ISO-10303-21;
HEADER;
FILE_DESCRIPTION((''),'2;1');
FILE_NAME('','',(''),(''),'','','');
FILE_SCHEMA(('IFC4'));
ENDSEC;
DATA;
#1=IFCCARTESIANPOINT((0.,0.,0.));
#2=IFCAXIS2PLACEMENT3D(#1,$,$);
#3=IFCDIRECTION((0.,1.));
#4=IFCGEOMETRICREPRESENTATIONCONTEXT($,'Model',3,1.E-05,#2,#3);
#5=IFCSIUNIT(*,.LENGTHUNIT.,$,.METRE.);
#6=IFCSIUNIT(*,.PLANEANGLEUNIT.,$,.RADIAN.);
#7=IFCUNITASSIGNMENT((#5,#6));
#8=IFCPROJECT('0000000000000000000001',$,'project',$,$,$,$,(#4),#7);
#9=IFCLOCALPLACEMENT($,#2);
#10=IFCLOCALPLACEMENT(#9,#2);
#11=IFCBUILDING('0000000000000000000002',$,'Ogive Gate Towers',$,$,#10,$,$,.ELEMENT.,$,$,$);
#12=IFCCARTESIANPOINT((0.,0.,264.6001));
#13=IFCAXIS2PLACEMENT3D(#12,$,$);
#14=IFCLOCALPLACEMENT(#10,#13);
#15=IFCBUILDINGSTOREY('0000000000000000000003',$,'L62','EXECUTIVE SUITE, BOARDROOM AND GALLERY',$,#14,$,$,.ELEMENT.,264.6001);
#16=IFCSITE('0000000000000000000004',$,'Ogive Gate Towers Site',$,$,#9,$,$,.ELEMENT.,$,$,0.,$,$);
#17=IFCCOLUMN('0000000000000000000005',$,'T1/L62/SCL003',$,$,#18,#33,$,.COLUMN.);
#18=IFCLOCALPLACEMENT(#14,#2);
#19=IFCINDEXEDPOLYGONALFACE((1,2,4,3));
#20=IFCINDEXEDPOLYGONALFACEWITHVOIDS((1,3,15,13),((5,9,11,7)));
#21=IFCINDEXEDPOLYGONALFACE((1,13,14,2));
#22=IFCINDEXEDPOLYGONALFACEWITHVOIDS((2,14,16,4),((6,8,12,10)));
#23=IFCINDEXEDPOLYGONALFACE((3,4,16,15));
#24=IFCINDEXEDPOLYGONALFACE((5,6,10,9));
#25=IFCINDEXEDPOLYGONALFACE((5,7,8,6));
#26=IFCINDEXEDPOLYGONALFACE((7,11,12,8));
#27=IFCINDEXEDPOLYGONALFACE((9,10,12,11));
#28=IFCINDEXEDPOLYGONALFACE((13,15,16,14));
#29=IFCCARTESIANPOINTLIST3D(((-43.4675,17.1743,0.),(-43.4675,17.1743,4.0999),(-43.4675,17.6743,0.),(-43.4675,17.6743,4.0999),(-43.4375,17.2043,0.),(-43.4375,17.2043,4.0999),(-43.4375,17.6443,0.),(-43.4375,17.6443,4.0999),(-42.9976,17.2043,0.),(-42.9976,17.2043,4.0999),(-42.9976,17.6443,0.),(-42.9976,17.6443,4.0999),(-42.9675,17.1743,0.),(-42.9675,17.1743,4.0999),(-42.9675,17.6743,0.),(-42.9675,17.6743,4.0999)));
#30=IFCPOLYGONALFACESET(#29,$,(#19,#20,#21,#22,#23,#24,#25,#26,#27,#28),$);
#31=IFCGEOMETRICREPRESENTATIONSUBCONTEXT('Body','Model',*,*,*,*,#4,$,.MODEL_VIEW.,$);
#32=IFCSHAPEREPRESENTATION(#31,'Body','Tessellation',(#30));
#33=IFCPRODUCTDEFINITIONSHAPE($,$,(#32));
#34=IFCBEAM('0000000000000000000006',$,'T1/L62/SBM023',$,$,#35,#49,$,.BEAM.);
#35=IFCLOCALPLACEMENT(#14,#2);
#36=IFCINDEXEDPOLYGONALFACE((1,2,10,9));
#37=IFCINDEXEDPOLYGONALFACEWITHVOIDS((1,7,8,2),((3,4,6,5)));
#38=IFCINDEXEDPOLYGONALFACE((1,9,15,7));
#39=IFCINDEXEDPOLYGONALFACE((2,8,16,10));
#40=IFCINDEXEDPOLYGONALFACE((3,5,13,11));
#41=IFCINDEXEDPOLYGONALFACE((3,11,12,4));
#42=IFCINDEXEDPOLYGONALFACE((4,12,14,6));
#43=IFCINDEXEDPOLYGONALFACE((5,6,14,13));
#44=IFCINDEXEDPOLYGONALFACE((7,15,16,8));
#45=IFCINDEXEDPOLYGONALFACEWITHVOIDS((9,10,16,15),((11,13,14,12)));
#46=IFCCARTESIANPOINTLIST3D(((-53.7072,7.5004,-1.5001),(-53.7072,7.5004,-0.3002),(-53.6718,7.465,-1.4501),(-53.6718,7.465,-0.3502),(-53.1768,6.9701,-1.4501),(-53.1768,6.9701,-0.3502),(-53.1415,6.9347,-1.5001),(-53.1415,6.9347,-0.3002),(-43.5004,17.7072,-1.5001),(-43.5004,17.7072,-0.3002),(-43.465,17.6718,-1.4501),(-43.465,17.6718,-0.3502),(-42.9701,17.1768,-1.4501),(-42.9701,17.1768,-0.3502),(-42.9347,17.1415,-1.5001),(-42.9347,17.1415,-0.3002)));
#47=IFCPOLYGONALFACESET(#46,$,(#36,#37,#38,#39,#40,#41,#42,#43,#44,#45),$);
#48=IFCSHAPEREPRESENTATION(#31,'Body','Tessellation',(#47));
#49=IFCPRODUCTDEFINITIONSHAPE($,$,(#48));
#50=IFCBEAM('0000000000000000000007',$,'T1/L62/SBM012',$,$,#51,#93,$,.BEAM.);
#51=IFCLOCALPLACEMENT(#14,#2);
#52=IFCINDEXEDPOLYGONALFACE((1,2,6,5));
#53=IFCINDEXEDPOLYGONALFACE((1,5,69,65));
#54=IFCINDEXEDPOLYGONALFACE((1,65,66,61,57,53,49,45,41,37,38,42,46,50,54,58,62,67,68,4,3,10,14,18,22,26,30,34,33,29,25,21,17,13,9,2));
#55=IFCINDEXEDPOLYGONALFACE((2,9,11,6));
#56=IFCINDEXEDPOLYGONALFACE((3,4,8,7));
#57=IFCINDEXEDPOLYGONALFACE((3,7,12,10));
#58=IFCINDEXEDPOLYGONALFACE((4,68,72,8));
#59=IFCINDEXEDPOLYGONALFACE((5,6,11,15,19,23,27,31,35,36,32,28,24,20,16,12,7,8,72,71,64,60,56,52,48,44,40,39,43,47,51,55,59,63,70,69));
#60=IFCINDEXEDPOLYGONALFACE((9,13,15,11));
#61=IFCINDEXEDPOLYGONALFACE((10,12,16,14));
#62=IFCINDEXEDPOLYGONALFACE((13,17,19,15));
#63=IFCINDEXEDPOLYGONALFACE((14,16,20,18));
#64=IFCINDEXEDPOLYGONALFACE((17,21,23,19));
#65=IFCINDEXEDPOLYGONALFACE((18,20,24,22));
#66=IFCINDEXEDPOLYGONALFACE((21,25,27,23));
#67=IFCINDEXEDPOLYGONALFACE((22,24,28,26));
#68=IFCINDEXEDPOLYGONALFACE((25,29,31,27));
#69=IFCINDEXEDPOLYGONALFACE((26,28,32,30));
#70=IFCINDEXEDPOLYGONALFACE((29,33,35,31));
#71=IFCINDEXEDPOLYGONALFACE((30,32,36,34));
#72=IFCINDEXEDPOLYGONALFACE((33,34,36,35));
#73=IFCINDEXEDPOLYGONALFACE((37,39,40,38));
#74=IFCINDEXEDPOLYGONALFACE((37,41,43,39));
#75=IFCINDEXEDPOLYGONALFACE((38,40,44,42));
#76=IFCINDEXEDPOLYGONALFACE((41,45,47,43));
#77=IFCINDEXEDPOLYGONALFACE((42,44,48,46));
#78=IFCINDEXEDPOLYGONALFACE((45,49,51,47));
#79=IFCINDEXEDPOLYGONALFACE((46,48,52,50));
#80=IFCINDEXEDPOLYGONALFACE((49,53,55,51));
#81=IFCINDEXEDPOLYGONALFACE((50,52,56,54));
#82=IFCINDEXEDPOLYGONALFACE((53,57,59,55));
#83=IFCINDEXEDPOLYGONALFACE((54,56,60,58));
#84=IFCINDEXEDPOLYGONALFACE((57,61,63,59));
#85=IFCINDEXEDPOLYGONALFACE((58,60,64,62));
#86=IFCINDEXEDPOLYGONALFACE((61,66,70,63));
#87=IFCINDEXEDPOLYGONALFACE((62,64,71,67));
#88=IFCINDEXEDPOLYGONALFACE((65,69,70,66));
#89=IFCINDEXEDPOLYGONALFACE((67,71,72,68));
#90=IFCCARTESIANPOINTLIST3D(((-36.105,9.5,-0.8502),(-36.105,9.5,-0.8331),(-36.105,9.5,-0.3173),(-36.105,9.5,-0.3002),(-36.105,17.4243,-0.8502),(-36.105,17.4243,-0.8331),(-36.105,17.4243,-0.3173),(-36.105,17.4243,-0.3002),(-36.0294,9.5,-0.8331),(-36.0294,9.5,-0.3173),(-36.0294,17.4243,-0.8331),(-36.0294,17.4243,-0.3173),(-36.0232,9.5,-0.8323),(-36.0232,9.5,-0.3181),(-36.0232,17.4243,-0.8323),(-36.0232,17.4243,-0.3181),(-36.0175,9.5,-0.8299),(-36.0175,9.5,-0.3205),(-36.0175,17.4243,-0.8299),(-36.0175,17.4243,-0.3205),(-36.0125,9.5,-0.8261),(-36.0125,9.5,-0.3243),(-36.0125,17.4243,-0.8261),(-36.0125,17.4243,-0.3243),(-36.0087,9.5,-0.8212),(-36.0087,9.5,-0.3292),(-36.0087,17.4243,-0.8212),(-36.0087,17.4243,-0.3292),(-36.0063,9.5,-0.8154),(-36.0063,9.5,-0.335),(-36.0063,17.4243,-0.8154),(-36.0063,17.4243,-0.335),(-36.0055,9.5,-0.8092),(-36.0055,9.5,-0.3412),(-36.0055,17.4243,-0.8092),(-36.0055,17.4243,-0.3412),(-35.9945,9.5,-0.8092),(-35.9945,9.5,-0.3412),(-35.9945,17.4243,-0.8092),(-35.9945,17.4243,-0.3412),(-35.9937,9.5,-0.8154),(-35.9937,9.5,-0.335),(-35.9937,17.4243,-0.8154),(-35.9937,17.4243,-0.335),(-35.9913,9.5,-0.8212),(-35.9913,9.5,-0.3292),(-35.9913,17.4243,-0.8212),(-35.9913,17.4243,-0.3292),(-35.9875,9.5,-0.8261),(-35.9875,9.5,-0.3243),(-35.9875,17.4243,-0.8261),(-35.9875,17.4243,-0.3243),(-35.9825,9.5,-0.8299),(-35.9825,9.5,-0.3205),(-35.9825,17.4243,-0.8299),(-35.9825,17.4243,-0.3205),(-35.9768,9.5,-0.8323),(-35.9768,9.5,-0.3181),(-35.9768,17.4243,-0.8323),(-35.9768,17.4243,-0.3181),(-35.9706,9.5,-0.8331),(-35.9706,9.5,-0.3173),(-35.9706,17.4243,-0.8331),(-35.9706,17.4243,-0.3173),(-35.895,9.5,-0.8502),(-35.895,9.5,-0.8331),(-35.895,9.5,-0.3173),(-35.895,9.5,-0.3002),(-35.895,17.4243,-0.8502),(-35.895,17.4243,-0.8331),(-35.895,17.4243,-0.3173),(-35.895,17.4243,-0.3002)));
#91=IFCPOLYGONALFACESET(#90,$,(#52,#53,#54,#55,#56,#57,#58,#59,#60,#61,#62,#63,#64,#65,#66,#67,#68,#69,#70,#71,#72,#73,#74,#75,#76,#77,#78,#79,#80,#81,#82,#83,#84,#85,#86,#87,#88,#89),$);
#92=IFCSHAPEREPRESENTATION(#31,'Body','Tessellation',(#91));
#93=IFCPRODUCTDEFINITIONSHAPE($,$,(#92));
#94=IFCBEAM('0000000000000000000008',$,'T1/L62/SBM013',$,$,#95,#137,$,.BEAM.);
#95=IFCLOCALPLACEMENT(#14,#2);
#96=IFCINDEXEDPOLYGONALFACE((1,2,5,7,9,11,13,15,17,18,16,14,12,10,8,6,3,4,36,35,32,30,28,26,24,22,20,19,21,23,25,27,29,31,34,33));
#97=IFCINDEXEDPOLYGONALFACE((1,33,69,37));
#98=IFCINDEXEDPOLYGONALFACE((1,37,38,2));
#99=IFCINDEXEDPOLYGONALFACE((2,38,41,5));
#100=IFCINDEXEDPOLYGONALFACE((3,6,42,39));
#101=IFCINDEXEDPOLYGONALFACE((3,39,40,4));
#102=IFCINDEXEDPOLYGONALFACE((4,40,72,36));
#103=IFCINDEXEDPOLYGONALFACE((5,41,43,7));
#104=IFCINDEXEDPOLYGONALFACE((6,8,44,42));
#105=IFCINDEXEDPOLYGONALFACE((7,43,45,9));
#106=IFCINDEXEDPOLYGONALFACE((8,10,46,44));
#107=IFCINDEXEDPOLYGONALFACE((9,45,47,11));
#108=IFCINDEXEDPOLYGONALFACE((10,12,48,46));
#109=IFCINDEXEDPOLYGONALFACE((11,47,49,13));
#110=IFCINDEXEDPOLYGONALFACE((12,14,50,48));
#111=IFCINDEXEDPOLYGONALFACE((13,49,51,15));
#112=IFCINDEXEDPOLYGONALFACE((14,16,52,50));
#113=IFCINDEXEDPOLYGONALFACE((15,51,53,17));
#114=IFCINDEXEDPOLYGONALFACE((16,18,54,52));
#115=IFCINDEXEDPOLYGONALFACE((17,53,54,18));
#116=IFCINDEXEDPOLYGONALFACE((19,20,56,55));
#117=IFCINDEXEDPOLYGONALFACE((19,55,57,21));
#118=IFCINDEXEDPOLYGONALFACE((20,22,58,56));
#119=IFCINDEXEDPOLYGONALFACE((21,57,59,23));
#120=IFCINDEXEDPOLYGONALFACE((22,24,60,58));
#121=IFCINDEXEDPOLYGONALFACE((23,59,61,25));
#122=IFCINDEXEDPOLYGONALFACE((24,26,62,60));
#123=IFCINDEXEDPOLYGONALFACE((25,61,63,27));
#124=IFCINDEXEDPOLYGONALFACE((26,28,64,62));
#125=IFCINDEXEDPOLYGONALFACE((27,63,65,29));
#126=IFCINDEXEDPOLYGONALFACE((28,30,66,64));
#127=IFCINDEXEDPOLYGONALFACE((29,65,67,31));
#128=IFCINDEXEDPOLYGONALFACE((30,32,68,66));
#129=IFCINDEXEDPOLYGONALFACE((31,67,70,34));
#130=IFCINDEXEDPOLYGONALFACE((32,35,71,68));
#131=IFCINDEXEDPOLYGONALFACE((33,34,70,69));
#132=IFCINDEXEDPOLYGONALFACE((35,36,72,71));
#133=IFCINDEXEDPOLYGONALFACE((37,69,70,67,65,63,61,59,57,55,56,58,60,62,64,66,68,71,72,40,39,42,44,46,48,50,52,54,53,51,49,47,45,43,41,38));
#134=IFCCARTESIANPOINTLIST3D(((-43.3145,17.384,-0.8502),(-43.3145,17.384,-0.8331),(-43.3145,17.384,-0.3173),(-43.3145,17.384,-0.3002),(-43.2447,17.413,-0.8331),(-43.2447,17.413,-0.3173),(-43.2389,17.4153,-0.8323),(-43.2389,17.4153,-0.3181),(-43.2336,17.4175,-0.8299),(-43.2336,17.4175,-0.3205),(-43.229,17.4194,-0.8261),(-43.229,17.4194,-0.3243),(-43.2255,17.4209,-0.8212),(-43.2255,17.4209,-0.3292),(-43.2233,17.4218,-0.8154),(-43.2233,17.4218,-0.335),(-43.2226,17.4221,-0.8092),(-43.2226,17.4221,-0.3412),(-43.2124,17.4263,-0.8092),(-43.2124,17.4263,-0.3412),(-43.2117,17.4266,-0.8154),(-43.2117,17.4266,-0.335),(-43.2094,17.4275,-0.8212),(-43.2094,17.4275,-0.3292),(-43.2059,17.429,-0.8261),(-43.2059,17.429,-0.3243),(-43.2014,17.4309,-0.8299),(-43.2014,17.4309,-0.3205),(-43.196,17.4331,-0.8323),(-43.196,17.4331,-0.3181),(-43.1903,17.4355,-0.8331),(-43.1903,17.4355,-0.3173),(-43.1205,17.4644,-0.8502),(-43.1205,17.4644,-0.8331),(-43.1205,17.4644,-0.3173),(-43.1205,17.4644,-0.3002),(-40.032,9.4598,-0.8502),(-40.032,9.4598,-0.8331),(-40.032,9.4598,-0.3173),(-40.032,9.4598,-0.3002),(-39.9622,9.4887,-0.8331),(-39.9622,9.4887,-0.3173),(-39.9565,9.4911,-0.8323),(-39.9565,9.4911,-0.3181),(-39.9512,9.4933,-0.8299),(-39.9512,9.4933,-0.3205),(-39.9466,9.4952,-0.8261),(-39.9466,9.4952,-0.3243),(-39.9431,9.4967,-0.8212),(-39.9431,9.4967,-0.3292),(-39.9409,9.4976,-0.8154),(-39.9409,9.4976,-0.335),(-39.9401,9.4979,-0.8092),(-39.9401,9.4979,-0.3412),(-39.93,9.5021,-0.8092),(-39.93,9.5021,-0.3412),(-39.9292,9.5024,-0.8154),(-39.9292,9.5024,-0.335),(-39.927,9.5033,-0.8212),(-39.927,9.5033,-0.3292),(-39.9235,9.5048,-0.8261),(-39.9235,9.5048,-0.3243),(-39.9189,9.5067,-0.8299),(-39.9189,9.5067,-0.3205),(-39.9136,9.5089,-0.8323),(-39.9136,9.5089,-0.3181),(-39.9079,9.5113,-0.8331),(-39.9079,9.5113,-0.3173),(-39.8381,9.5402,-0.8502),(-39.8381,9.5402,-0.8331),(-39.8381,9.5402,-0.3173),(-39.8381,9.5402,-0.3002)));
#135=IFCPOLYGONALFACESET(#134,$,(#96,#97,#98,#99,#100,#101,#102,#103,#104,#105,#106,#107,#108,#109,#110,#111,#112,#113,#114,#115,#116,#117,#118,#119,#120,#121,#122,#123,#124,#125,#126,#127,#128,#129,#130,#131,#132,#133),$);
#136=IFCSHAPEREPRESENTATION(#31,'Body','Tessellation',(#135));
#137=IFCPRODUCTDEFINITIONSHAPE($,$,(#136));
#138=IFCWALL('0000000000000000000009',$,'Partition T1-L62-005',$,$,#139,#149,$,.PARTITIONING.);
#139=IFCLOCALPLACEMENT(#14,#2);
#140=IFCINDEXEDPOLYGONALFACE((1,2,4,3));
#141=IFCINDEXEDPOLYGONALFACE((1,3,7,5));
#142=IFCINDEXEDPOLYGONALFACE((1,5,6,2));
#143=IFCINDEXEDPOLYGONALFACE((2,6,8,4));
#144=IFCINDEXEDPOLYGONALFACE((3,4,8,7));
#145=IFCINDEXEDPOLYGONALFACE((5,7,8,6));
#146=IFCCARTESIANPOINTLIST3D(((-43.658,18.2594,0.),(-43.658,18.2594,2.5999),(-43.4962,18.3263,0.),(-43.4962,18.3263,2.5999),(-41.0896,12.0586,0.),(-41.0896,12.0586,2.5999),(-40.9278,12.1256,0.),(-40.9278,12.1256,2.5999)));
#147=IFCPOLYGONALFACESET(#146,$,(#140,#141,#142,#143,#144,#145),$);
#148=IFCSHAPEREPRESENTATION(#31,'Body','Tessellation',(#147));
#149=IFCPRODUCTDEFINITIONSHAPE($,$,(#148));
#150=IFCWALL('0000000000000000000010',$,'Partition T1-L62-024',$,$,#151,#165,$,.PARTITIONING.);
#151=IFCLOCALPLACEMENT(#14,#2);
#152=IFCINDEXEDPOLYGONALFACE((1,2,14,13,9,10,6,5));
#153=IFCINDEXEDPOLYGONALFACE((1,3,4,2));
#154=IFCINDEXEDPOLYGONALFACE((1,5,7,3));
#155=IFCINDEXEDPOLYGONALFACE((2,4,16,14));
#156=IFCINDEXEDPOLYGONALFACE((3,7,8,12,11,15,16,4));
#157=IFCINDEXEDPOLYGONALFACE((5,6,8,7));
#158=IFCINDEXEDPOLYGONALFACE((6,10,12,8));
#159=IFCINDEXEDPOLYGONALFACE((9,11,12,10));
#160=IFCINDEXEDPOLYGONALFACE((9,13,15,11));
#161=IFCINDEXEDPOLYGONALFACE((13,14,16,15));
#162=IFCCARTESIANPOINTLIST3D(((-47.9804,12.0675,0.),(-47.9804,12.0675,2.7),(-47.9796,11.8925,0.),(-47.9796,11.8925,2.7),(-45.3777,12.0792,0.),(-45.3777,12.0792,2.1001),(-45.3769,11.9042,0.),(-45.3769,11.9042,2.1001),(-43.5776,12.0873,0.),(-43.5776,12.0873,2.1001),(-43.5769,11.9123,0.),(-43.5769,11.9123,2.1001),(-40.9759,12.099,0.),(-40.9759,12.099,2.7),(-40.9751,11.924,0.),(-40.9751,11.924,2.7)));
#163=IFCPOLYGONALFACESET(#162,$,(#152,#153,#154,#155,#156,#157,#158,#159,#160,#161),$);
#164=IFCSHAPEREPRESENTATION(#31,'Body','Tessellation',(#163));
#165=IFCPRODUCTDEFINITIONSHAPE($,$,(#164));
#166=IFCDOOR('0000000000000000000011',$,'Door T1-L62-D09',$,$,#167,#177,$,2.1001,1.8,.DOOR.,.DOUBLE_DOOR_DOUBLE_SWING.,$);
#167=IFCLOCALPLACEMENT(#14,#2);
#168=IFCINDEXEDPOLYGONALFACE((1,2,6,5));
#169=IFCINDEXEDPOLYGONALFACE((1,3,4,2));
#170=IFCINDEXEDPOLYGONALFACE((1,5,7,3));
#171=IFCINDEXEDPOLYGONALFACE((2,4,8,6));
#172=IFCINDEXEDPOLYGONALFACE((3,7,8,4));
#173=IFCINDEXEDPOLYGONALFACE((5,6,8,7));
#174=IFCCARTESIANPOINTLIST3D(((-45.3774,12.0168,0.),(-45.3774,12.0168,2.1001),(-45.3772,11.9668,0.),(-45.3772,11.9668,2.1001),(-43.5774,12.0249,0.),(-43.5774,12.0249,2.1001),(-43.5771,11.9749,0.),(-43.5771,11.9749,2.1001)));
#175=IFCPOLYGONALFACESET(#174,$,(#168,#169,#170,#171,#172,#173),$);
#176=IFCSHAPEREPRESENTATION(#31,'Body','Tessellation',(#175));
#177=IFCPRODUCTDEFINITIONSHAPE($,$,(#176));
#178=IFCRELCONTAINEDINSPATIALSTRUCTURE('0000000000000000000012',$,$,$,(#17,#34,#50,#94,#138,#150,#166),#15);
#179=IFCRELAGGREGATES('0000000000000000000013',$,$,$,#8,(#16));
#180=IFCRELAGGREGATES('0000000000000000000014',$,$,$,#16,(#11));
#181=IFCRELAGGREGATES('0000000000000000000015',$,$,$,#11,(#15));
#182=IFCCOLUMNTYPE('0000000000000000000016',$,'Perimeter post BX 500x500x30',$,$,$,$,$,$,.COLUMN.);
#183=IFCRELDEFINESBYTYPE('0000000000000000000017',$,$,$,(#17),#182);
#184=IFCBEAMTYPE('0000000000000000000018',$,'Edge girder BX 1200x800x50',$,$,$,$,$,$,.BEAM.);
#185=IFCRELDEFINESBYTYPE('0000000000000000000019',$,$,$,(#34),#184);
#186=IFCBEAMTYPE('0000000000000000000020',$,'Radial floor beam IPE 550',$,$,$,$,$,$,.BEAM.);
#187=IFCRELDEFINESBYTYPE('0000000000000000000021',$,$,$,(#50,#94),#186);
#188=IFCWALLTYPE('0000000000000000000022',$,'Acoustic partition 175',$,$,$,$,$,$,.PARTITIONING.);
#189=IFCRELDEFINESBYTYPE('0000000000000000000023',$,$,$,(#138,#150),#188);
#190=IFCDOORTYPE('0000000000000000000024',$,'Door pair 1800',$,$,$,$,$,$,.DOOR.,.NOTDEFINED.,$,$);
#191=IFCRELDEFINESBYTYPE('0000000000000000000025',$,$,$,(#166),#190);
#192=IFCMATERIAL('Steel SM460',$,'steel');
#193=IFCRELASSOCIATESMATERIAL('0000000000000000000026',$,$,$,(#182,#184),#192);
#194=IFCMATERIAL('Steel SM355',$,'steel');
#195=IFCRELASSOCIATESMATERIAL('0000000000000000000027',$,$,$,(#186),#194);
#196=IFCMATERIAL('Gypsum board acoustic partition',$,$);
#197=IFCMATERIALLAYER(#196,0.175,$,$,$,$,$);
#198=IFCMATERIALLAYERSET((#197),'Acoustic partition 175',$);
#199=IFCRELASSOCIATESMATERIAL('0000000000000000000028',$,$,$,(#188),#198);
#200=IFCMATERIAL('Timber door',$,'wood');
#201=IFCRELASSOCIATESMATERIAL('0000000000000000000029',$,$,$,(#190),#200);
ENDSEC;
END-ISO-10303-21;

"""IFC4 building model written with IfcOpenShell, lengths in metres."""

from ifc_helpers import new_model, si_unit, direction, frame, frame_2d, origin, origin_2d, place, context, subcontext, project, spatial, rectangle, hollow_rectangle, i_section, extrude, material, layer, layer_set, material_profile, profile_set, type_object, element, fill, save


model = new_model("IFC4")

# Units and contexts
model_context = context("Model", 3, precision=1e-05, world=origin(), true_north=direction((0.0, 1.0)))
body_context = subcontext(model_context, "Body", "Model", "MODEL_VIEW")
ifc_project = project(units=[si_unit("LENGTHUNIT", "METRE"), si_unit("PLANEANGLEUNIT", "RADIAN")], contexts=[model_context])

# Site, building, storey
site_placement = place(None, origin())
site = spatial("IfcSite", under=ifc_project, at=site_placement, Name="Ogive Gate Towers Site", CompositionType="ELEMENT", RefElevation=0.0)
building_placement = place(site_placement, origin())
building = spatial("IfcBuilding", under=site, at=building_placement, Name="Ogive Gate Towers", CompositionType="ELEMENT")
storey_placement = place(building_placement, frame((0.0, 0.0, 264.6001)))
storey = spatial("IfcBuildingStorey", under=building, at=storey_placement, Name="L62", Description="EXECUTIVE SUITE, BOARDROOM AND GALLERY", CompositionType="ELEMENT", Elevation=264.6001)

# Column
ifc_material_1 = material(Name="Steel SM460", Category="steel")
ifc_material_profile_1 = material_profile(ifc_material_1, hollow_rectangle(XDim=0.5, YDim=0.5, WallThickness=0.03, at=origin_2d()), Name="BX 500x500x30")
ifc_profile_set_1 = profile_set([ifc_material_profile_1], Name="Steel SM460")
column_type = type_object("IfcColumnType", Name="Perimeter post BX 500x500x30", PredefinedType="COLUMN", material=ifc_profile_set_1)
column_placement = place(storey_placement, frame((-43.2175, 17.4243, 0.0), z_axis=(0.0, 0.0, 1.0), x_axis=(1.0, 0.0, 0.0)))
element("IfcColumn", 1, at=column_placement, inside=storey, type_object=column_type, Name="T1/L62/SCL003", PredefinedType="COLUMN", context=body_context, shape_type="SweptSolid", body=[
    extrude(hollow_rectangle(XDim=0.5, YDim=0.5, WallThickness=0.03, at=origin_2d()), origin(), (0.0, 0.0, 1.0), 4.0999),
])

# Beams
ifc_material_profile_2 = material_profile(ifc_material_1, hollow_rectangle(XDim=0.8, YDim=1.2, WallThickness=0.05, at=origin_2d()), Name="BX 1200x800x50")
ifc_profile_set_2 = profile_set([ifc_material_profile_2], Name="Steel SM460")
beam_type_1 = type_object("IfcBeamType", Name="Edge girder BX 1200x800x50", PredefinedType="BEAM", material=ifc_profile_set_2)
beam_1_placement = place(storey_placement, frame((-43.2175, 17.4243, -0.9001), z_axis=(-0.707107, -0.707107, 0.0), x_axis=(0.707107, -0.707107, 0.0)))
element("IfcBeam", 2, at=beam_1_placement, inside=storey, type_object=beam_type_1, Name="T1/L62/SBM023", PredefinedType="BEAM", context=body_context, shape_type="SweptSolid", body=[
    extrude(hollow_rectangle(XDim=0.8, YDim=1.2, WallThickness=0.05, at=origin_2d()), origin(), (0.0, 0.0, 1.0), 14.4346),
])
ifc_material_2 = material(Name="Steel SM355", Category="steel")
ifc_material_profile_3 = material_profile(ifc_material_2, i_section(OverallWidth=0.21, OverallDepth=0.55, WebThickness=0.011, FlangeThickness=0.0171, FilletRadius=0.0239, at=origin_2d()), Name="IPE 550")
ifc_profile_set_3 = profile_set([ifc_material_profile_3], Name="Steel SM355")
beam_type_2 = type_object("IfcBeamType", Name="Radial floor beam IPE 550", PredefinedType="BEAM", material=ifc_profile_set_3)
beam_2_placement = place(storey_placement, frame((-36.0, 9.5, -0.5752), z_axis=(0.0, 1.0, 0.0), x_axis=(-1.0, 0.0, 0.0)))
element("IfcBeam", 3, at=beam_2_placement, inside=storey, type_object=beam_type_2, Name="T1/L62/SBM012", PredefinedType="BEAM", context=body_context, shape_type="SweptSolid", body=[
    extrude(i_section(OverallWidth=0.21, OverallDepth=0.55, WebThickness=0.011, FlangeThickness=0.0171, FilletRadius=0.0239, at=origin_2d()), origin(), (0.0, 0.0, 1.0), 7.9243),
])
beam_3_placement = place(storey_placement, frame((-39.9351, 9.5, -0.5752), z_axis=(-0.382695, 0.923875, 0.0), x_axis=(-0.923875, -0.382695, 0.0)))
element("IfcBeam", 4, at=beam_3_placement, inside=storey, type_object=beam_type_2, Name="T1/L62/SBM013", PredefinedType="BEAM", context=body_context, shape_type="SweptSolid", body=[
    extrude(i_section(OverallWidth=0.21, OverallDepth=0.55, WebThickness=0.011, FlangeThickness=0.0171, FilletRadius=0.0239, at=origin_2d()), origin(), (0.0, 0.0, 1.0), 8.5771),
])

# Wall
ifc_material_3 = material(Name="Gypsum board acoustic partition")
ifc_layer_1 = layer(ifc_material_3, 0.175)
ifc_layer_set_1 = layer_set([ifc_layer_1], Name="Acoustic partition 175")
wall_type_1 = type_object("IfcWallType", Name="Acoustic partition 175", PredefinedType="PARTITIONING", material=ifc_layer_set_1)
wall_1_placement = place(storey_placement, frame((-43.5771, 18.293, 0.0), z_axis=(0.0, 0.0, 1.0), x_axis=(0.382677, -0.923882, 0.0)))
element("IfcWall", 5, at=wall_1_placement, inside=storey, type_object=wall_type_1, Name="Partition T1-L62-005", PredefinedType="PARTITIONING", context=body_context, shape_type="SweptSolid", body=[
    extrude(rectangle(XDim=6.7117, YDim=0.175, at=frame_2d((3.356, 0.0))), origin(), (0.0, 0.0, 1.0), 2.5999),
])

# Wall, opening, door
wall_2_placement = place(storey_placement, frame((-40.9753, 12.0115, 0.0), z_axis=(0.0, 0.0, 1.0), x_axis=(-0.99999, -0.004496, 0.0)))
wall_2 = element("IfcWall", 6, at=wall_2_placement, inside=storey, type_object=wall_type_1, Name="Partition T1-L62-024", PredefinedType="PARTITIONING", context=body_context, shape_type="SweptSolid", body=[
    extrude(rectangle(XDim=7.0046, YDim=0.175, at=frame_2d((3.5024, 0.0))), origin(), (0.0, 0.0, 1.0), 2.7),
])
opening_1_placement = place(wall_2_placement, frame((2.6021, 0.0, 0.0)))
opening_1 = element("IfcOpeningElement", 7, at=opening_1_placement, cuts=wall_2, PredefinedType="OPENING", context=body_context, shape_type="SweptSolid", body=[
    extrude(rectangle(XDim=1.8, YDim=2.1001, at=frame_2d((0.8999, 1.05))), frame((0.0, 0.0977, 0.0), z_axis=(0.0, -1.0, 0.0), x_axis=(1.0, 0.0, 0.0)), (0.0, 0.0, 1.0), 0.1951),
])
ifc_material_4 = material(Name="Timber door", Category="wood")
door_type_1 = type_object("IfcDoorType", Name="Door pair 1800", OperationType="NOTDEFINED", PredefinedType="DOOR", material=ifc_material_4)
door_1_placement = place(opening_1_placement, origin())
door_1 = element("IfcDoor", 8, at=door_1_placement, inside=storey, type_object=door_type_1, Name="Door T1-L62-D09", OperationType="DOUBLE_DOOR_DOUBLE_SWING", OverallHeight=2.1001, OverallWidth=1.8, PredefinedType="DOOR", context=body_context, shape_type="SweptSolid", body=[
    extrude(rectangle(XDim=1.8, YDim=2.1001, at=frame_2d((0.8999, 1.05))), frame((0.0, 0.0249, 0.0), z_axis=(0.0, -1.0, 0.0), x_axis=(1.0, 0.0, 0.0)), (0.0, 0.0, 1.0), 0.05),
])
fill(opening_1, door_1)

save(model, "model.ifc")
